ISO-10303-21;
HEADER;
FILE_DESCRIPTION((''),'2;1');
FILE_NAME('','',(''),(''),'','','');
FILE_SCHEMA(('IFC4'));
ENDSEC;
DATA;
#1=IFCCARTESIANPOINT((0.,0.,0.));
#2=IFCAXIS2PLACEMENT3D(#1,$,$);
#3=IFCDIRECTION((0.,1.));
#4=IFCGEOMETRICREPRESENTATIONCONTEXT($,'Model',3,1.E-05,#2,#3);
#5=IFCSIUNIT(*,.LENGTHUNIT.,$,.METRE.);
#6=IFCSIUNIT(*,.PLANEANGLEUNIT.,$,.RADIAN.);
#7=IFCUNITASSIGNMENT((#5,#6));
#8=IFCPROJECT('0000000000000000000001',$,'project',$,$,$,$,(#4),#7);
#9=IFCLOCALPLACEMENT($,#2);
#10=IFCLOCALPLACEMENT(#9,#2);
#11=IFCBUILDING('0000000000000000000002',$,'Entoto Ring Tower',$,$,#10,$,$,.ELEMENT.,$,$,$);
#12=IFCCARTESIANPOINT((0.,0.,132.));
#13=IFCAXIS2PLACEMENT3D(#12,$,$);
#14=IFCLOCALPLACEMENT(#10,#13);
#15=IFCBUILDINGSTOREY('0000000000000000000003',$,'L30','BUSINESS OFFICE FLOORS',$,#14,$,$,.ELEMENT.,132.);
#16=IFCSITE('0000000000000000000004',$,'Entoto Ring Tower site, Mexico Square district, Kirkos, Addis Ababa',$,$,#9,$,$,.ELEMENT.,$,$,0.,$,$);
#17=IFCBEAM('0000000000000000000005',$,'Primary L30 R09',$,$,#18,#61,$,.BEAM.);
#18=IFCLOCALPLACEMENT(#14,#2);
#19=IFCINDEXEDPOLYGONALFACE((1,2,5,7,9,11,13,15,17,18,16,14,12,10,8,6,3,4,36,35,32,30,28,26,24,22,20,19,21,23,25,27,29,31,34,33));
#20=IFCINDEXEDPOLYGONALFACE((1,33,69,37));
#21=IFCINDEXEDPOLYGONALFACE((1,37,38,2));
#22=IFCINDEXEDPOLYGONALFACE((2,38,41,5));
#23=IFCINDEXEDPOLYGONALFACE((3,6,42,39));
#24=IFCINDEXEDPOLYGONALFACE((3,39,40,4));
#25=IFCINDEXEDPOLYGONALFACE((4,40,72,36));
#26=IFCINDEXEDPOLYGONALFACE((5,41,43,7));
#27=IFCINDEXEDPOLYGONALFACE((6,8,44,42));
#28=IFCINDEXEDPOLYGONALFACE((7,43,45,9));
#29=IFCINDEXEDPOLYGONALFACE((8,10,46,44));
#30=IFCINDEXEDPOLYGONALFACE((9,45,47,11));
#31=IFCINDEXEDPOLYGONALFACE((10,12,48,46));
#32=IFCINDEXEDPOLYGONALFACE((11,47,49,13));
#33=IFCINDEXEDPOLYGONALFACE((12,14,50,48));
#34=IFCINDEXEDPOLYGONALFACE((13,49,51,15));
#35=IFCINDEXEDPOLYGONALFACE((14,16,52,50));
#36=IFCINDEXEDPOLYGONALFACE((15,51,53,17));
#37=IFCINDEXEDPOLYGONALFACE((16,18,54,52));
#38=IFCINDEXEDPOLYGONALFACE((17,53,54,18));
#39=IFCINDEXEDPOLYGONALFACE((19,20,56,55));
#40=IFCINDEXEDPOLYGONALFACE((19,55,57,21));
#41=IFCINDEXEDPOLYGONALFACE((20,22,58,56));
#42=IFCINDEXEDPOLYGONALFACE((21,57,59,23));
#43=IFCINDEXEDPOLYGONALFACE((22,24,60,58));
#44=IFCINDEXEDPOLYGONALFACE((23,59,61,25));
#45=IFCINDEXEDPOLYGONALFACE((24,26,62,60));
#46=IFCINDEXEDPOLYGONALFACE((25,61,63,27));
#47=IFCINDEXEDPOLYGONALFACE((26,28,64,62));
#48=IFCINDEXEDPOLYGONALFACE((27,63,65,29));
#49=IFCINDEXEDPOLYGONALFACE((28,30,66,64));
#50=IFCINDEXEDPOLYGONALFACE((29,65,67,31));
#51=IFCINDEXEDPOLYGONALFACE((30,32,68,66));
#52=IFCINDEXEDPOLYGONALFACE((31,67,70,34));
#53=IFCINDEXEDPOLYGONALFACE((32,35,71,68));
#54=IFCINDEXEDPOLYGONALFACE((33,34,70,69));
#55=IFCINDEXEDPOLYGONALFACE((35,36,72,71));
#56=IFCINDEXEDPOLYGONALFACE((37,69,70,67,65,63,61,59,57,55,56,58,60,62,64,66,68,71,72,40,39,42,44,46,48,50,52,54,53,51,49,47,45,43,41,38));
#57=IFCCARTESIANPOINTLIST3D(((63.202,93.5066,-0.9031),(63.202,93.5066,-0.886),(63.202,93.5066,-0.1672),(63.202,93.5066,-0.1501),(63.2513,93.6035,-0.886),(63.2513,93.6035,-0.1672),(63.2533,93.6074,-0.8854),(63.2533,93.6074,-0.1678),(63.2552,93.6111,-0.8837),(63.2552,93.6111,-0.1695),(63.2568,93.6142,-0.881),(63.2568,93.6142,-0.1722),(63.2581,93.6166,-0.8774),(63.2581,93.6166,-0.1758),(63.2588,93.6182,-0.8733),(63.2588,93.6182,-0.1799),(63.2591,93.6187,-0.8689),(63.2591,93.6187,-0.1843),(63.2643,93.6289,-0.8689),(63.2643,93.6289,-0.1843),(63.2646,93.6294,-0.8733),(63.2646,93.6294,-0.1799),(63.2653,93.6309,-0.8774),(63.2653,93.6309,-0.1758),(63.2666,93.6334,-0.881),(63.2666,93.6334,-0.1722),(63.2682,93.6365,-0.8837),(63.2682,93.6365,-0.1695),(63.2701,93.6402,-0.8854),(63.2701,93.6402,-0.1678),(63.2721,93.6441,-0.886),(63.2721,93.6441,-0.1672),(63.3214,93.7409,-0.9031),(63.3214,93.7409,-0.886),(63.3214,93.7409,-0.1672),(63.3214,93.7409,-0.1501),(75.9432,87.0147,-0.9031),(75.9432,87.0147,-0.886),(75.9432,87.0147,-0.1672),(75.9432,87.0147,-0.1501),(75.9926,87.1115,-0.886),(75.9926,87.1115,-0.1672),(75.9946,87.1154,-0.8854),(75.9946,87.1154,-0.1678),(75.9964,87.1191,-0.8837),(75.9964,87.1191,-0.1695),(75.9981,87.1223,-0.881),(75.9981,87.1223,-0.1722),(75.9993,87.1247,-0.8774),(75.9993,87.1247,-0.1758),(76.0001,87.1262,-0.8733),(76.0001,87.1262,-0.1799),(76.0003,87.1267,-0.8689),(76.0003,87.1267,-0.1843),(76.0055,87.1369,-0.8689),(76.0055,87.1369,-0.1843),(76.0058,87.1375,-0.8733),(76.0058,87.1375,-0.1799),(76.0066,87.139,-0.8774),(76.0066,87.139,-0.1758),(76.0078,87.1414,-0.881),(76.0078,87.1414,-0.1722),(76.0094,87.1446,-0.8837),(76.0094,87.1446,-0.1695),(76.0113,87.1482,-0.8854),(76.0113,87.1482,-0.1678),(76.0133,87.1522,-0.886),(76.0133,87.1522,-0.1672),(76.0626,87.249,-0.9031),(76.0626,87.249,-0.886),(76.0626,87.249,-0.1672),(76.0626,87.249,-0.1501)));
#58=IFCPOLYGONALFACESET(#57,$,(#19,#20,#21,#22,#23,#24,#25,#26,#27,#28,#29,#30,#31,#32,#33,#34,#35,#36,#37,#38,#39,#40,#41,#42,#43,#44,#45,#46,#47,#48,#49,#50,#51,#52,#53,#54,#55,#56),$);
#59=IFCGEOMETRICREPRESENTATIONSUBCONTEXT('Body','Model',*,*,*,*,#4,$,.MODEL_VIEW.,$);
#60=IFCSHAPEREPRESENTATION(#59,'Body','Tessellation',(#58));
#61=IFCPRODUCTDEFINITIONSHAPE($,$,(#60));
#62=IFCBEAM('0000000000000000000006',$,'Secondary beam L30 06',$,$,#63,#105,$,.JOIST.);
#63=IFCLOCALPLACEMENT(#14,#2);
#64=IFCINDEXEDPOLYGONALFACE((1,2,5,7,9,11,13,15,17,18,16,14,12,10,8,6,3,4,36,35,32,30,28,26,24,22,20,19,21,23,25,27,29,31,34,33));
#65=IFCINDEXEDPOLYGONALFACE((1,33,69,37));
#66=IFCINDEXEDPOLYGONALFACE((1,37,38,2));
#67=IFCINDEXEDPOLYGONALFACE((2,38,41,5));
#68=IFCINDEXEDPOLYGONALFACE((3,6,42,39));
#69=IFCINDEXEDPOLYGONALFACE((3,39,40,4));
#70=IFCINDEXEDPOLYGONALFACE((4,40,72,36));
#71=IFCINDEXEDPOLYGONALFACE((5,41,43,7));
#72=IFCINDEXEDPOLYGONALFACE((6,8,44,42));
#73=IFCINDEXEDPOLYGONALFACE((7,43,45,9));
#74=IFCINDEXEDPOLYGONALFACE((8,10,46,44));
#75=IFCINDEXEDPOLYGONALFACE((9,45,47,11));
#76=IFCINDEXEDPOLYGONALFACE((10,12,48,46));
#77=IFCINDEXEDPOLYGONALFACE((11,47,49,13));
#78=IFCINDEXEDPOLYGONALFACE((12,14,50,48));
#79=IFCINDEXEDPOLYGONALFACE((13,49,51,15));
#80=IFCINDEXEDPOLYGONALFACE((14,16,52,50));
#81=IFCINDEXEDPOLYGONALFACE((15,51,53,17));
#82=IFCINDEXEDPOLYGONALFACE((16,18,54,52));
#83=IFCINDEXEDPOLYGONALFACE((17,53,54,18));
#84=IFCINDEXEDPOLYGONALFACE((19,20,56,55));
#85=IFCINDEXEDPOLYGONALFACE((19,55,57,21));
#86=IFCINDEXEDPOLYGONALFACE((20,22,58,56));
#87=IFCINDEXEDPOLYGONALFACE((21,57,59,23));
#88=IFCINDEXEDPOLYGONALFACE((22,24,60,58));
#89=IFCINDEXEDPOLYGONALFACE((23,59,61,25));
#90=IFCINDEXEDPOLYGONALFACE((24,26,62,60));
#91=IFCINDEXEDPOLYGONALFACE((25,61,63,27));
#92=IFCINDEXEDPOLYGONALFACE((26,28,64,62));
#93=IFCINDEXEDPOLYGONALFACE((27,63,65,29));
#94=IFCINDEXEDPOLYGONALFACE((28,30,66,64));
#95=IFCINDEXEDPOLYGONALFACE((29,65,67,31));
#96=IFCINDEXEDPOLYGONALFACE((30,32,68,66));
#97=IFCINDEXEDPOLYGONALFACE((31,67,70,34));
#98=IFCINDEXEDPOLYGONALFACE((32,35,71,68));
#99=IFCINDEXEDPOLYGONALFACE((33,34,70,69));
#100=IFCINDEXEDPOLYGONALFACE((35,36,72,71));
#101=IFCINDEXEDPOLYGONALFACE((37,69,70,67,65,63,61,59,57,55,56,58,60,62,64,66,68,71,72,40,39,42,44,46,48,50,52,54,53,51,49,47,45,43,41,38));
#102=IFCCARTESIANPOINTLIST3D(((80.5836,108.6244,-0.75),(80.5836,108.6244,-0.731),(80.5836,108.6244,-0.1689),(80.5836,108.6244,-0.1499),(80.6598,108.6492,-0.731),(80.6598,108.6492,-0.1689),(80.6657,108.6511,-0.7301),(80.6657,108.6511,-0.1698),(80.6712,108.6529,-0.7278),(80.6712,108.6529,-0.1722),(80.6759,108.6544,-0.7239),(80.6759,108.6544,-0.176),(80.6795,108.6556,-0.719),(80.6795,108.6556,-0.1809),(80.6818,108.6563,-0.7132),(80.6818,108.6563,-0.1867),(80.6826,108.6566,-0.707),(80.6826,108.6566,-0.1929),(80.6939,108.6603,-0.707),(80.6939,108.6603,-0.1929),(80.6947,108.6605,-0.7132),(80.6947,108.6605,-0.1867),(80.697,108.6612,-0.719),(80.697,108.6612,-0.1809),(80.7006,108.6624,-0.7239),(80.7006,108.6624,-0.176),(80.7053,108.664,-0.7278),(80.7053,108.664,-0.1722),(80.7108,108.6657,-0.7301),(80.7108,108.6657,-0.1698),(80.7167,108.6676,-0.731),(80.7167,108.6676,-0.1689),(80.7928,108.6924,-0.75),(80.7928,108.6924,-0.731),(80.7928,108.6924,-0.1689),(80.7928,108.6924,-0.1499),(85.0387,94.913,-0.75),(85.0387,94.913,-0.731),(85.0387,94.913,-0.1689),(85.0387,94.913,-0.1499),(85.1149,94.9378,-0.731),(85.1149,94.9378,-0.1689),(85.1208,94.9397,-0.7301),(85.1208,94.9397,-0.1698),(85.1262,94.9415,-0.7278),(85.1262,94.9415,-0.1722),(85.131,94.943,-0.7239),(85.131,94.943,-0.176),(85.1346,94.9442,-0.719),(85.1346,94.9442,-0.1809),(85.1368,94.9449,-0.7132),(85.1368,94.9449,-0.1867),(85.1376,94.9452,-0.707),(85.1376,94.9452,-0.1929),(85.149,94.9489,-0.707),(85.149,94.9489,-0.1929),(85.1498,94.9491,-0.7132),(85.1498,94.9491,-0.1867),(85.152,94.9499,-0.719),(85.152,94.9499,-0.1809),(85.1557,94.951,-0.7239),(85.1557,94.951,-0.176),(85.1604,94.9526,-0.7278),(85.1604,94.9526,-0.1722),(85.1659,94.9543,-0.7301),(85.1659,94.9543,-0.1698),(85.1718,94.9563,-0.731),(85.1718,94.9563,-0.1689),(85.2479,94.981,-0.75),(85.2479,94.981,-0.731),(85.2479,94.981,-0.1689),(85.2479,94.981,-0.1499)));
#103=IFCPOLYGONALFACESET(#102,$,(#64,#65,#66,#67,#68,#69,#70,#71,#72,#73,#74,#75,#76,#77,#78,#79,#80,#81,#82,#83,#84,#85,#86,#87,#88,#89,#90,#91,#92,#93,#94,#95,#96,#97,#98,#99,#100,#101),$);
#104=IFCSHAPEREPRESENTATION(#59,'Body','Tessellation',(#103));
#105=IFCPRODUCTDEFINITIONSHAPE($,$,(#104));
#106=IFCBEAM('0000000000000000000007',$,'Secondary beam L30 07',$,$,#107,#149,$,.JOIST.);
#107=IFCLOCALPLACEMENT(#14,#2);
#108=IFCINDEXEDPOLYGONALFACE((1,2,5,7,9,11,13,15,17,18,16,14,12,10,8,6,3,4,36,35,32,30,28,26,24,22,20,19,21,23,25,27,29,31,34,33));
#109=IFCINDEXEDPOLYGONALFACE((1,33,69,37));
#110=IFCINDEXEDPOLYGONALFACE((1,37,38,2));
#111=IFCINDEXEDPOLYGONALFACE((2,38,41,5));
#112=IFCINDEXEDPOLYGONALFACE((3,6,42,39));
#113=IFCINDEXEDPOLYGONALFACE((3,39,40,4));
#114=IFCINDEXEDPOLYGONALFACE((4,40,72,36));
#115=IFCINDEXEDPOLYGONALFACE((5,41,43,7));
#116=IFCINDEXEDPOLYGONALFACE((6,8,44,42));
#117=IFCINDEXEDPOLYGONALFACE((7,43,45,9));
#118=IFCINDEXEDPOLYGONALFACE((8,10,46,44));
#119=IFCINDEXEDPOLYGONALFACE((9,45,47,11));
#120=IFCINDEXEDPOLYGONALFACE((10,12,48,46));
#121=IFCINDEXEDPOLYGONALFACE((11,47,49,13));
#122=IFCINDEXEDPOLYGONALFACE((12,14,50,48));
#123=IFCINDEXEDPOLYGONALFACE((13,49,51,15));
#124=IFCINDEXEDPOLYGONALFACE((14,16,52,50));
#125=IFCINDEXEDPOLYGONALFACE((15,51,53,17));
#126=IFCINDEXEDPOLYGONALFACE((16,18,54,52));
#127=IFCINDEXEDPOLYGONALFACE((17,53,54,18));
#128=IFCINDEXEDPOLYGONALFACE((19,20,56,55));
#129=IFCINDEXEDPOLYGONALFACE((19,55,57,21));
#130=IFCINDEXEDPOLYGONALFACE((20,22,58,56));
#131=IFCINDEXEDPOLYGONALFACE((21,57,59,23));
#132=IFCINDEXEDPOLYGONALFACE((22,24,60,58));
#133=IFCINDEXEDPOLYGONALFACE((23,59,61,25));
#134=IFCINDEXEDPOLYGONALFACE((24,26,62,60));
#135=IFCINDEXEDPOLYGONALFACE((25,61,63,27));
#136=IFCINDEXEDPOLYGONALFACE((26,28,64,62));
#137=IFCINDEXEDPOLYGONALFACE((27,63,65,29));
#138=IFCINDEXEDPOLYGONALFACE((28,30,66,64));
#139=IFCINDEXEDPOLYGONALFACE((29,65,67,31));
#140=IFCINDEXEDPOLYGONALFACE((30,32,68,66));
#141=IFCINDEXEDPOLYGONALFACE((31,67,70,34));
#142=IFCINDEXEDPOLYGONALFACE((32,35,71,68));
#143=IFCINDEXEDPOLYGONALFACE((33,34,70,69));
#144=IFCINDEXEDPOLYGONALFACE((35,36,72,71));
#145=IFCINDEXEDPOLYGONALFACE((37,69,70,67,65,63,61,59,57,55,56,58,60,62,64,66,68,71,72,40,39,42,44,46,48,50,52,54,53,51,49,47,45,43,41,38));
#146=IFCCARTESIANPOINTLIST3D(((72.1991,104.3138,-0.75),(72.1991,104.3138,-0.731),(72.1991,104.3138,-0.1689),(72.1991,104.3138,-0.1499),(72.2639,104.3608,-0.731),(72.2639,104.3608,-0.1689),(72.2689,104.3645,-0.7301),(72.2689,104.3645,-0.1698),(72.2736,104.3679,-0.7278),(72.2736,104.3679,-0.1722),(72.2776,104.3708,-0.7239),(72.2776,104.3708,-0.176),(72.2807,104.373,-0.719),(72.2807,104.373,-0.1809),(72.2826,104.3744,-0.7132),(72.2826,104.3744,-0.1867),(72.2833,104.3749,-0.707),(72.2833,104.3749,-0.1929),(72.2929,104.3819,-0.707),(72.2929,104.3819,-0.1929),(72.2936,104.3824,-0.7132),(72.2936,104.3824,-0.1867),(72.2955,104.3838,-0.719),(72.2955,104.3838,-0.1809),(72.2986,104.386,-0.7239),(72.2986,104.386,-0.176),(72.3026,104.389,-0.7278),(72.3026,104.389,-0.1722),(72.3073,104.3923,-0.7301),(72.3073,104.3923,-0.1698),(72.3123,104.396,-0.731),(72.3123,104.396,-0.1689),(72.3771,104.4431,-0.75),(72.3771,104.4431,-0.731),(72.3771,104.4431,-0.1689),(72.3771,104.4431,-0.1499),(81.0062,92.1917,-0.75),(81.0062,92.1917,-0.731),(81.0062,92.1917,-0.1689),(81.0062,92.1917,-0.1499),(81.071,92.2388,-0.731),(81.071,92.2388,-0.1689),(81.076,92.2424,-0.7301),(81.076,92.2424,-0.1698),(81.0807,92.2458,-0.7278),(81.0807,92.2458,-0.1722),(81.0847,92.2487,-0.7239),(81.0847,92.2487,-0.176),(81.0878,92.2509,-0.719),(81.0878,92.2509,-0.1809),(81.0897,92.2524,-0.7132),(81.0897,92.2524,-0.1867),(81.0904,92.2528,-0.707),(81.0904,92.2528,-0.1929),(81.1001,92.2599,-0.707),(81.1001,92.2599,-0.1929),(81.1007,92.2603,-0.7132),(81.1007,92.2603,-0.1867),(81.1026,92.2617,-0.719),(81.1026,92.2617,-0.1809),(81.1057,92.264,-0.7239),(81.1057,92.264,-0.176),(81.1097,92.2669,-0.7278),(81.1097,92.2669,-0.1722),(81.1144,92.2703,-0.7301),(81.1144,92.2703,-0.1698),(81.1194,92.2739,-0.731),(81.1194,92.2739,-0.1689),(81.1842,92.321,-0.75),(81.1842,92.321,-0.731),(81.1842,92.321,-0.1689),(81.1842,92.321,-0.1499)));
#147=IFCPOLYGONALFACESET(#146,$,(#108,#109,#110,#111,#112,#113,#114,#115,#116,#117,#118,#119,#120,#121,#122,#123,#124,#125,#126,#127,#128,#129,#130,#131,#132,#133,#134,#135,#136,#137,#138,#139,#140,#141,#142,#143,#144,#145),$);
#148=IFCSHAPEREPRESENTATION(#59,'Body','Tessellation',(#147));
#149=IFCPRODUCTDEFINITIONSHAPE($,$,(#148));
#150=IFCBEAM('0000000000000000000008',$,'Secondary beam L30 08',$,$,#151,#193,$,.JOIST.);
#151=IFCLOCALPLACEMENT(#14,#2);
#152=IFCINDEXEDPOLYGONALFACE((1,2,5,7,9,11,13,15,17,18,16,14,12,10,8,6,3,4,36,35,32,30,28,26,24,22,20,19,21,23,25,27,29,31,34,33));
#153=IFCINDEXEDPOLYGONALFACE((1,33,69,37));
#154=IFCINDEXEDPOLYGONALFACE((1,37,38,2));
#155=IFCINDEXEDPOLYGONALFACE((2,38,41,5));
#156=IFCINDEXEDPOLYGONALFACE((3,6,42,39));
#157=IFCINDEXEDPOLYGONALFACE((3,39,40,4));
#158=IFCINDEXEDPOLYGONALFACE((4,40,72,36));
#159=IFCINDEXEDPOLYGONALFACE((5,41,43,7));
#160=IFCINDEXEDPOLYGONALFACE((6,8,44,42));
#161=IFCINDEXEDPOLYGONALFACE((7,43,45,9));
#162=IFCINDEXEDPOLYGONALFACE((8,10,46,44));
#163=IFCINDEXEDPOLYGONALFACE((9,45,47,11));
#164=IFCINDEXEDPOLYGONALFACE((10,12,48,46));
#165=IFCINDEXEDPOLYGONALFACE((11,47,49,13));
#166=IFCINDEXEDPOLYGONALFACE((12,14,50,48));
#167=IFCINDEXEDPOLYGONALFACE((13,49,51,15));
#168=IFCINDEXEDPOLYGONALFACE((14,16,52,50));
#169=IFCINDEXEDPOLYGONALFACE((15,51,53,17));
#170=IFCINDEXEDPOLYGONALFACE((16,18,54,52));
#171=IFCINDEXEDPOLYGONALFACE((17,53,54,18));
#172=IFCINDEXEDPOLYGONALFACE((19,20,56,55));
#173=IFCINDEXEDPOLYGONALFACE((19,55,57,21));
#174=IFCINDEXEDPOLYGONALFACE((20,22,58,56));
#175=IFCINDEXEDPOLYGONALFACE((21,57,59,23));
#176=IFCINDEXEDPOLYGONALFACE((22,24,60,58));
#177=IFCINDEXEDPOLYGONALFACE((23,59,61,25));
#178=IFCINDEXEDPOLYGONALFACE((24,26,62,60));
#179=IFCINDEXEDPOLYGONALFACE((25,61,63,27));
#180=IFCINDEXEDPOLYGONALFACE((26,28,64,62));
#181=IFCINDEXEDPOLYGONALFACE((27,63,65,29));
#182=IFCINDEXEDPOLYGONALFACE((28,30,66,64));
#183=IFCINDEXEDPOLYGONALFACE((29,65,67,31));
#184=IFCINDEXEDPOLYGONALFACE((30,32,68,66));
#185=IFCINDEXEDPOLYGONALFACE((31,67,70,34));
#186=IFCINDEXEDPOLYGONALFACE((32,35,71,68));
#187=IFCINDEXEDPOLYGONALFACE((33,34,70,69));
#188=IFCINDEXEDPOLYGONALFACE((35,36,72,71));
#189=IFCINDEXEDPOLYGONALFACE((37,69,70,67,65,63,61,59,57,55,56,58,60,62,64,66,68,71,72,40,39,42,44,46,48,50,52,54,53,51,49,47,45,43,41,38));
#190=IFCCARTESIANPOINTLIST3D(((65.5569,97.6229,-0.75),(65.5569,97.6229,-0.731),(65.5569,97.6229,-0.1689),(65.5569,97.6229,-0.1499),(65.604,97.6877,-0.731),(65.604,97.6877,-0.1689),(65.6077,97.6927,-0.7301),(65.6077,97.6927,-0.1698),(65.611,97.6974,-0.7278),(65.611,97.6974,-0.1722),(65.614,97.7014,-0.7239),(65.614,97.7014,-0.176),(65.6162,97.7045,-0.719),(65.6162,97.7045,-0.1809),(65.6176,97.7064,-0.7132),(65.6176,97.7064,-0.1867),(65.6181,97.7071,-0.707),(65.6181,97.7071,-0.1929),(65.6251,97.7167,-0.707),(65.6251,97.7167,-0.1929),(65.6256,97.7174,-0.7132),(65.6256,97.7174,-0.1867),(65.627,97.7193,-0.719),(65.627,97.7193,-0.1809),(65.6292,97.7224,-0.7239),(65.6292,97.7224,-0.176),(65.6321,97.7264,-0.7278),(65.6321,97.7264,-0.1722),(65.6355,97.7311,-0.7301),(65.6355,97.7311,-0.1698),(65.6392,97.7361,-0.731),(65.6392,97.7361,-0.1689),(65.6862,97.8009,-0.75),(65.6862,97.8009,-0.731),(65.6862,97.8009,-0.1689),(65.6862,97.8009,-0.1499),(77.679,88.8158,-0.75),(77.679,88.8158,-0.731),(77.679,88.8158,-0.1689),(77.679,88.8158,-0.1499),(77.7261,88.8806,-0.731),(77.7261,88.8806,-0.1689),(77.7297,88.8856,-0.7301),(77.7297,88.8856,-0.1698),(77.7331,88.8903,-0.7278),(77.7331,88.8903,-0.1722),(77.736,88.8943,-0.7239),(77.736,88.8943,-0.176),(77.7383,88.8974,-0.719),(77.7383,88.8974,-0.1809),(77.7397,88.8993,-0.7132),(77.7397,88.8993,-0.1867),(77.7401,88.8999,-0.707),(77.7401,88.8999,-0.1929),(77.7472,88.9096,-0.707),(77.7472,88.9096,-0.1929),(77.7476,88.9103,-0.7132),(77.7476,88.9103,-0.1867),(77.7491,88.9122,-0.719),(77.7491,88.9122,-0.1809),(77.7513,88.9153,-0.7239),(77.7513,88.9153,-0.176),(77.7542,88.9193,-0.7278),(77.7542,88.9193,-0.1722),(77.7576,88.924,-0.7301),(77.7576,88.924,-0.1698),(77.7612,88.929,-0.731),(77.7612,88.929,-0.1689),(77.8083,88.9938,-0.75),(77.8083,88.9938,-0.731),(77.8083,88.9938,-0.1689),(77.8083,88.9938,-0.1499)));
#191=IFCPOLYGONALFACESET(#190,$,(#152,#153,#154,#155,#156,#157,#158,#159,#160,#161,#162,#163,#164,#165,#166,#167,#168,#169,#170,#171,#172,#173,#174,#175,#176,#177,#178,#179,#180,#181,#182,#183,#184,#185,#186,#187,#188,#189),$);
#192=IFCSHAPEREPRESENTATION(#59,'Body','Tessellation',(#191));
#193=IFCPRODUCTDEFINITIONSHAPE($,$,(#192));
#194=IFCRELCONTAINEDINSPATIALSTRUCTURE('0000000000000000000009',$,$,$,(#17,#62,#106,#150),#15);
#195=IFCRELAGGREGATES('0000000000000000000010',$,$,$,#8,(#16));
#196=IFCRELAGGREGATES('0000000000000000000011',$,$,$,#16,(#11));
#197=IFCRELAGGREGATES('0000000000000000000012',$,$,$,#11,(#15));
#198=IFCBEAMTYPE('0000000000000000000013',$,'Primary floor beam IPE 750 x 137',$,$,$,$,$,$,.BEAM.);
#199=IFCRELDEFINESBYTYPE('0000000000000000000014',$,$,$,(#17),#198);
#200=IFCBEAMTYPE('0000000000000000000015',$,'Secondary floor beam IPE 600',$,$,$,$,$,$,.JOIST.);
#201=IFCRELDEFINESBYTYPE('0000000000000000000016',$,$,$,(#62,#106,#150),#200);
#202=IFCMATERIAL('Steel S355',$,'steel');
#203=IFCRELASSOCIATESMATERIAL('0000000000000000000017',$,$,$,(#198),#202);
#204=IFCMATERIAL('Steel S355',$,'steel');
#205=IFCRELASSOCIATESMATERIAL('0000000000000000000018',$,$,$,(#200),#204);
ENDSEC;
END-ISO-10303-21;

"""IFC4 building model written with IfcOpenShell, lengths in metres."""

from ifc_helpers import new_model, si_unit, direction, frame, origin, origin_2d, place, context, subcontext, project, spatial, i_section, extrude, material, material_profile, profile_set, type_object, element, save


model = new_model("IFC4")

# Units and contexts
model_context = context("Model", 3, precision=1e-05, world=origin(), true_north=direction((0.0, 1.0)))
body_context = subcontext(model_context, "Body", "Model", "MODEL_VIEW")
ifc_project = project(units=[si_unit("LENGTHUNIT", "METRE"), si_unit("PLANEANGLEUNIT", "RADIAN")], contexts=[model_context])

# Site, building, storey
site_placement = place(None, origin())
site = spatial("IfcSite", under=ifc_project, at=site_placement, Name="Entoto Ring Tower site, Mexico Square district, Kirkos, Addis Ababa", CompositionType="ELEMENT", RefElevation=0.0)
building_placement = place(site_placement, origin())
building = spatial("IfcBuilding", under=site, at=building_placement, Name="Entoto Ring Tower", CompositionType="ELEMENT")
storey_placement = place(building_placement, frame((0.0, 0.0, 132.0)))
storey = spatial("IfcBuildingStorey", under=building, at=storey_placement, Name="L30", Description="BUSINESS OFFICE FLOORS", CompositionType="ELEMENT", Elevation=132.0)

# Beams
ifc_material_1 = material(Name="Steel S355", Category="steel")
ifc_material_profile_1 = material_profile(ifc_material_1, i_section(OverallWidth=0.2629, OverallDepth=0.7529, WebThickness=0.0115, FlangeThickness=0.0171, FilletRadius=0.0171, at=origin_2d()), Name="IPE 750 x 137")
ifc_profile_set_1 = profile_set([ifc_material_profile_1], Name="Steel S355")
beam_type_1 = type_object("IfcBeamType", Name="Primary floor beam IPE 750 x 137", PredefinedType="BEAM", material=ifc_profile_set_1)
beam_1_placement = place(storey_placement, frame((76.0029, 87.1318, -0.5266), z_axis=(-0.891007, 0.453989, 0.0), x_axis=(-0.453989, -0.891007, 0.0)))
element("IfcBeam", 1, at=beam_1_placement, inside=storey, type_object=beam_type_1, Name="Primary L30 R09", PredefinedType="BEAM", context=body_context, shape_type="SweptSolid", body=[
    extrude(i_section(OverallWidth=0.2629, OverallDepth=0.7529, WebThickness=0.0115, FlangeThickness=0.0171, FilletRadius=0.0171, at=origin_2d()), origin(), (0.0, 0.0, 1.0), 14.2998),
])
ifc_material_2 = material(Name="Steel S355", Category="steel")
ifc_material_profile_2 = material_profile(ifc_material_2, i_section(OverallWidth=0.22, OverallDepth=0.6001, WebThickness=0.012, FlangeThickness=0.019, FilletRadius=0.0239, at=origin_2d()), Name="IPE 600")
ifc_profile_set_2 = profile_set([ifc_material_profile_2], Name="Steel S355")
beam_type_2 = type_object("IfcBeamType", Name="Secondary floor beam IPE 600", PredefinedType="JOIST", material=ifc_profile_set_2)
beam_2_placement = place(storey_placement, frame((85.1433, 94.947, -0.45), z_axis=(-0.309015, 0.951057, 0.0), x_axis=(-0.951057, -0.309015, 0.0)))
element("IfcBeam", 2, at=beam_2_placement, inside=storey, type_object=beam_type_2, Name="Secondary beam L30 06", PredefinedType="JOIST", context=body_context, shape_type="SweptSolid", body=[
    extrude(i_section(OverallWidth=0.22, OverallDepth=0.6001, WebThickness=0.012, FlangeThickness=0.019, FilletRadius=0.0239, at=origin_2d()), origin(), (0.0, 0.0, 1.0), 14.417),
])
for number, where, z_axis, x_axis, name in (
    (3, (81.0952, 92.2563, -0.45), (-0.587782, 0.809019, 0.0), (-0.809019, -0.587782, 0.0), "Secondary beam L30 07"),
    (4, (77.7437, 88.9048, -0.45), (-0.809019, 0.587782, 0.0), (-0.587782, -0.809019, 0.0), "Secondary beam L30 08"),
):
    element("IfcBeam", number, at=place(storey_placement, frame(where, z_axis=z_axis, x_axis=x_axis)), inside=storey, type_object=beam_type_2, Name=name, PredefinedType="JOIST", context=body_context, shape_type="SweptSolid", body=[
        extrude(i_section(OverallWidth=0.22, OverallDepth=0.6001, WebThickness=0.012, FlangeThickness=0.019, FilletRadius=0.0239, at=origin_2d()), origin(), (0.0, 0.0, 1.0), 14.9836),
    ])

save(model, "model.ifc")
